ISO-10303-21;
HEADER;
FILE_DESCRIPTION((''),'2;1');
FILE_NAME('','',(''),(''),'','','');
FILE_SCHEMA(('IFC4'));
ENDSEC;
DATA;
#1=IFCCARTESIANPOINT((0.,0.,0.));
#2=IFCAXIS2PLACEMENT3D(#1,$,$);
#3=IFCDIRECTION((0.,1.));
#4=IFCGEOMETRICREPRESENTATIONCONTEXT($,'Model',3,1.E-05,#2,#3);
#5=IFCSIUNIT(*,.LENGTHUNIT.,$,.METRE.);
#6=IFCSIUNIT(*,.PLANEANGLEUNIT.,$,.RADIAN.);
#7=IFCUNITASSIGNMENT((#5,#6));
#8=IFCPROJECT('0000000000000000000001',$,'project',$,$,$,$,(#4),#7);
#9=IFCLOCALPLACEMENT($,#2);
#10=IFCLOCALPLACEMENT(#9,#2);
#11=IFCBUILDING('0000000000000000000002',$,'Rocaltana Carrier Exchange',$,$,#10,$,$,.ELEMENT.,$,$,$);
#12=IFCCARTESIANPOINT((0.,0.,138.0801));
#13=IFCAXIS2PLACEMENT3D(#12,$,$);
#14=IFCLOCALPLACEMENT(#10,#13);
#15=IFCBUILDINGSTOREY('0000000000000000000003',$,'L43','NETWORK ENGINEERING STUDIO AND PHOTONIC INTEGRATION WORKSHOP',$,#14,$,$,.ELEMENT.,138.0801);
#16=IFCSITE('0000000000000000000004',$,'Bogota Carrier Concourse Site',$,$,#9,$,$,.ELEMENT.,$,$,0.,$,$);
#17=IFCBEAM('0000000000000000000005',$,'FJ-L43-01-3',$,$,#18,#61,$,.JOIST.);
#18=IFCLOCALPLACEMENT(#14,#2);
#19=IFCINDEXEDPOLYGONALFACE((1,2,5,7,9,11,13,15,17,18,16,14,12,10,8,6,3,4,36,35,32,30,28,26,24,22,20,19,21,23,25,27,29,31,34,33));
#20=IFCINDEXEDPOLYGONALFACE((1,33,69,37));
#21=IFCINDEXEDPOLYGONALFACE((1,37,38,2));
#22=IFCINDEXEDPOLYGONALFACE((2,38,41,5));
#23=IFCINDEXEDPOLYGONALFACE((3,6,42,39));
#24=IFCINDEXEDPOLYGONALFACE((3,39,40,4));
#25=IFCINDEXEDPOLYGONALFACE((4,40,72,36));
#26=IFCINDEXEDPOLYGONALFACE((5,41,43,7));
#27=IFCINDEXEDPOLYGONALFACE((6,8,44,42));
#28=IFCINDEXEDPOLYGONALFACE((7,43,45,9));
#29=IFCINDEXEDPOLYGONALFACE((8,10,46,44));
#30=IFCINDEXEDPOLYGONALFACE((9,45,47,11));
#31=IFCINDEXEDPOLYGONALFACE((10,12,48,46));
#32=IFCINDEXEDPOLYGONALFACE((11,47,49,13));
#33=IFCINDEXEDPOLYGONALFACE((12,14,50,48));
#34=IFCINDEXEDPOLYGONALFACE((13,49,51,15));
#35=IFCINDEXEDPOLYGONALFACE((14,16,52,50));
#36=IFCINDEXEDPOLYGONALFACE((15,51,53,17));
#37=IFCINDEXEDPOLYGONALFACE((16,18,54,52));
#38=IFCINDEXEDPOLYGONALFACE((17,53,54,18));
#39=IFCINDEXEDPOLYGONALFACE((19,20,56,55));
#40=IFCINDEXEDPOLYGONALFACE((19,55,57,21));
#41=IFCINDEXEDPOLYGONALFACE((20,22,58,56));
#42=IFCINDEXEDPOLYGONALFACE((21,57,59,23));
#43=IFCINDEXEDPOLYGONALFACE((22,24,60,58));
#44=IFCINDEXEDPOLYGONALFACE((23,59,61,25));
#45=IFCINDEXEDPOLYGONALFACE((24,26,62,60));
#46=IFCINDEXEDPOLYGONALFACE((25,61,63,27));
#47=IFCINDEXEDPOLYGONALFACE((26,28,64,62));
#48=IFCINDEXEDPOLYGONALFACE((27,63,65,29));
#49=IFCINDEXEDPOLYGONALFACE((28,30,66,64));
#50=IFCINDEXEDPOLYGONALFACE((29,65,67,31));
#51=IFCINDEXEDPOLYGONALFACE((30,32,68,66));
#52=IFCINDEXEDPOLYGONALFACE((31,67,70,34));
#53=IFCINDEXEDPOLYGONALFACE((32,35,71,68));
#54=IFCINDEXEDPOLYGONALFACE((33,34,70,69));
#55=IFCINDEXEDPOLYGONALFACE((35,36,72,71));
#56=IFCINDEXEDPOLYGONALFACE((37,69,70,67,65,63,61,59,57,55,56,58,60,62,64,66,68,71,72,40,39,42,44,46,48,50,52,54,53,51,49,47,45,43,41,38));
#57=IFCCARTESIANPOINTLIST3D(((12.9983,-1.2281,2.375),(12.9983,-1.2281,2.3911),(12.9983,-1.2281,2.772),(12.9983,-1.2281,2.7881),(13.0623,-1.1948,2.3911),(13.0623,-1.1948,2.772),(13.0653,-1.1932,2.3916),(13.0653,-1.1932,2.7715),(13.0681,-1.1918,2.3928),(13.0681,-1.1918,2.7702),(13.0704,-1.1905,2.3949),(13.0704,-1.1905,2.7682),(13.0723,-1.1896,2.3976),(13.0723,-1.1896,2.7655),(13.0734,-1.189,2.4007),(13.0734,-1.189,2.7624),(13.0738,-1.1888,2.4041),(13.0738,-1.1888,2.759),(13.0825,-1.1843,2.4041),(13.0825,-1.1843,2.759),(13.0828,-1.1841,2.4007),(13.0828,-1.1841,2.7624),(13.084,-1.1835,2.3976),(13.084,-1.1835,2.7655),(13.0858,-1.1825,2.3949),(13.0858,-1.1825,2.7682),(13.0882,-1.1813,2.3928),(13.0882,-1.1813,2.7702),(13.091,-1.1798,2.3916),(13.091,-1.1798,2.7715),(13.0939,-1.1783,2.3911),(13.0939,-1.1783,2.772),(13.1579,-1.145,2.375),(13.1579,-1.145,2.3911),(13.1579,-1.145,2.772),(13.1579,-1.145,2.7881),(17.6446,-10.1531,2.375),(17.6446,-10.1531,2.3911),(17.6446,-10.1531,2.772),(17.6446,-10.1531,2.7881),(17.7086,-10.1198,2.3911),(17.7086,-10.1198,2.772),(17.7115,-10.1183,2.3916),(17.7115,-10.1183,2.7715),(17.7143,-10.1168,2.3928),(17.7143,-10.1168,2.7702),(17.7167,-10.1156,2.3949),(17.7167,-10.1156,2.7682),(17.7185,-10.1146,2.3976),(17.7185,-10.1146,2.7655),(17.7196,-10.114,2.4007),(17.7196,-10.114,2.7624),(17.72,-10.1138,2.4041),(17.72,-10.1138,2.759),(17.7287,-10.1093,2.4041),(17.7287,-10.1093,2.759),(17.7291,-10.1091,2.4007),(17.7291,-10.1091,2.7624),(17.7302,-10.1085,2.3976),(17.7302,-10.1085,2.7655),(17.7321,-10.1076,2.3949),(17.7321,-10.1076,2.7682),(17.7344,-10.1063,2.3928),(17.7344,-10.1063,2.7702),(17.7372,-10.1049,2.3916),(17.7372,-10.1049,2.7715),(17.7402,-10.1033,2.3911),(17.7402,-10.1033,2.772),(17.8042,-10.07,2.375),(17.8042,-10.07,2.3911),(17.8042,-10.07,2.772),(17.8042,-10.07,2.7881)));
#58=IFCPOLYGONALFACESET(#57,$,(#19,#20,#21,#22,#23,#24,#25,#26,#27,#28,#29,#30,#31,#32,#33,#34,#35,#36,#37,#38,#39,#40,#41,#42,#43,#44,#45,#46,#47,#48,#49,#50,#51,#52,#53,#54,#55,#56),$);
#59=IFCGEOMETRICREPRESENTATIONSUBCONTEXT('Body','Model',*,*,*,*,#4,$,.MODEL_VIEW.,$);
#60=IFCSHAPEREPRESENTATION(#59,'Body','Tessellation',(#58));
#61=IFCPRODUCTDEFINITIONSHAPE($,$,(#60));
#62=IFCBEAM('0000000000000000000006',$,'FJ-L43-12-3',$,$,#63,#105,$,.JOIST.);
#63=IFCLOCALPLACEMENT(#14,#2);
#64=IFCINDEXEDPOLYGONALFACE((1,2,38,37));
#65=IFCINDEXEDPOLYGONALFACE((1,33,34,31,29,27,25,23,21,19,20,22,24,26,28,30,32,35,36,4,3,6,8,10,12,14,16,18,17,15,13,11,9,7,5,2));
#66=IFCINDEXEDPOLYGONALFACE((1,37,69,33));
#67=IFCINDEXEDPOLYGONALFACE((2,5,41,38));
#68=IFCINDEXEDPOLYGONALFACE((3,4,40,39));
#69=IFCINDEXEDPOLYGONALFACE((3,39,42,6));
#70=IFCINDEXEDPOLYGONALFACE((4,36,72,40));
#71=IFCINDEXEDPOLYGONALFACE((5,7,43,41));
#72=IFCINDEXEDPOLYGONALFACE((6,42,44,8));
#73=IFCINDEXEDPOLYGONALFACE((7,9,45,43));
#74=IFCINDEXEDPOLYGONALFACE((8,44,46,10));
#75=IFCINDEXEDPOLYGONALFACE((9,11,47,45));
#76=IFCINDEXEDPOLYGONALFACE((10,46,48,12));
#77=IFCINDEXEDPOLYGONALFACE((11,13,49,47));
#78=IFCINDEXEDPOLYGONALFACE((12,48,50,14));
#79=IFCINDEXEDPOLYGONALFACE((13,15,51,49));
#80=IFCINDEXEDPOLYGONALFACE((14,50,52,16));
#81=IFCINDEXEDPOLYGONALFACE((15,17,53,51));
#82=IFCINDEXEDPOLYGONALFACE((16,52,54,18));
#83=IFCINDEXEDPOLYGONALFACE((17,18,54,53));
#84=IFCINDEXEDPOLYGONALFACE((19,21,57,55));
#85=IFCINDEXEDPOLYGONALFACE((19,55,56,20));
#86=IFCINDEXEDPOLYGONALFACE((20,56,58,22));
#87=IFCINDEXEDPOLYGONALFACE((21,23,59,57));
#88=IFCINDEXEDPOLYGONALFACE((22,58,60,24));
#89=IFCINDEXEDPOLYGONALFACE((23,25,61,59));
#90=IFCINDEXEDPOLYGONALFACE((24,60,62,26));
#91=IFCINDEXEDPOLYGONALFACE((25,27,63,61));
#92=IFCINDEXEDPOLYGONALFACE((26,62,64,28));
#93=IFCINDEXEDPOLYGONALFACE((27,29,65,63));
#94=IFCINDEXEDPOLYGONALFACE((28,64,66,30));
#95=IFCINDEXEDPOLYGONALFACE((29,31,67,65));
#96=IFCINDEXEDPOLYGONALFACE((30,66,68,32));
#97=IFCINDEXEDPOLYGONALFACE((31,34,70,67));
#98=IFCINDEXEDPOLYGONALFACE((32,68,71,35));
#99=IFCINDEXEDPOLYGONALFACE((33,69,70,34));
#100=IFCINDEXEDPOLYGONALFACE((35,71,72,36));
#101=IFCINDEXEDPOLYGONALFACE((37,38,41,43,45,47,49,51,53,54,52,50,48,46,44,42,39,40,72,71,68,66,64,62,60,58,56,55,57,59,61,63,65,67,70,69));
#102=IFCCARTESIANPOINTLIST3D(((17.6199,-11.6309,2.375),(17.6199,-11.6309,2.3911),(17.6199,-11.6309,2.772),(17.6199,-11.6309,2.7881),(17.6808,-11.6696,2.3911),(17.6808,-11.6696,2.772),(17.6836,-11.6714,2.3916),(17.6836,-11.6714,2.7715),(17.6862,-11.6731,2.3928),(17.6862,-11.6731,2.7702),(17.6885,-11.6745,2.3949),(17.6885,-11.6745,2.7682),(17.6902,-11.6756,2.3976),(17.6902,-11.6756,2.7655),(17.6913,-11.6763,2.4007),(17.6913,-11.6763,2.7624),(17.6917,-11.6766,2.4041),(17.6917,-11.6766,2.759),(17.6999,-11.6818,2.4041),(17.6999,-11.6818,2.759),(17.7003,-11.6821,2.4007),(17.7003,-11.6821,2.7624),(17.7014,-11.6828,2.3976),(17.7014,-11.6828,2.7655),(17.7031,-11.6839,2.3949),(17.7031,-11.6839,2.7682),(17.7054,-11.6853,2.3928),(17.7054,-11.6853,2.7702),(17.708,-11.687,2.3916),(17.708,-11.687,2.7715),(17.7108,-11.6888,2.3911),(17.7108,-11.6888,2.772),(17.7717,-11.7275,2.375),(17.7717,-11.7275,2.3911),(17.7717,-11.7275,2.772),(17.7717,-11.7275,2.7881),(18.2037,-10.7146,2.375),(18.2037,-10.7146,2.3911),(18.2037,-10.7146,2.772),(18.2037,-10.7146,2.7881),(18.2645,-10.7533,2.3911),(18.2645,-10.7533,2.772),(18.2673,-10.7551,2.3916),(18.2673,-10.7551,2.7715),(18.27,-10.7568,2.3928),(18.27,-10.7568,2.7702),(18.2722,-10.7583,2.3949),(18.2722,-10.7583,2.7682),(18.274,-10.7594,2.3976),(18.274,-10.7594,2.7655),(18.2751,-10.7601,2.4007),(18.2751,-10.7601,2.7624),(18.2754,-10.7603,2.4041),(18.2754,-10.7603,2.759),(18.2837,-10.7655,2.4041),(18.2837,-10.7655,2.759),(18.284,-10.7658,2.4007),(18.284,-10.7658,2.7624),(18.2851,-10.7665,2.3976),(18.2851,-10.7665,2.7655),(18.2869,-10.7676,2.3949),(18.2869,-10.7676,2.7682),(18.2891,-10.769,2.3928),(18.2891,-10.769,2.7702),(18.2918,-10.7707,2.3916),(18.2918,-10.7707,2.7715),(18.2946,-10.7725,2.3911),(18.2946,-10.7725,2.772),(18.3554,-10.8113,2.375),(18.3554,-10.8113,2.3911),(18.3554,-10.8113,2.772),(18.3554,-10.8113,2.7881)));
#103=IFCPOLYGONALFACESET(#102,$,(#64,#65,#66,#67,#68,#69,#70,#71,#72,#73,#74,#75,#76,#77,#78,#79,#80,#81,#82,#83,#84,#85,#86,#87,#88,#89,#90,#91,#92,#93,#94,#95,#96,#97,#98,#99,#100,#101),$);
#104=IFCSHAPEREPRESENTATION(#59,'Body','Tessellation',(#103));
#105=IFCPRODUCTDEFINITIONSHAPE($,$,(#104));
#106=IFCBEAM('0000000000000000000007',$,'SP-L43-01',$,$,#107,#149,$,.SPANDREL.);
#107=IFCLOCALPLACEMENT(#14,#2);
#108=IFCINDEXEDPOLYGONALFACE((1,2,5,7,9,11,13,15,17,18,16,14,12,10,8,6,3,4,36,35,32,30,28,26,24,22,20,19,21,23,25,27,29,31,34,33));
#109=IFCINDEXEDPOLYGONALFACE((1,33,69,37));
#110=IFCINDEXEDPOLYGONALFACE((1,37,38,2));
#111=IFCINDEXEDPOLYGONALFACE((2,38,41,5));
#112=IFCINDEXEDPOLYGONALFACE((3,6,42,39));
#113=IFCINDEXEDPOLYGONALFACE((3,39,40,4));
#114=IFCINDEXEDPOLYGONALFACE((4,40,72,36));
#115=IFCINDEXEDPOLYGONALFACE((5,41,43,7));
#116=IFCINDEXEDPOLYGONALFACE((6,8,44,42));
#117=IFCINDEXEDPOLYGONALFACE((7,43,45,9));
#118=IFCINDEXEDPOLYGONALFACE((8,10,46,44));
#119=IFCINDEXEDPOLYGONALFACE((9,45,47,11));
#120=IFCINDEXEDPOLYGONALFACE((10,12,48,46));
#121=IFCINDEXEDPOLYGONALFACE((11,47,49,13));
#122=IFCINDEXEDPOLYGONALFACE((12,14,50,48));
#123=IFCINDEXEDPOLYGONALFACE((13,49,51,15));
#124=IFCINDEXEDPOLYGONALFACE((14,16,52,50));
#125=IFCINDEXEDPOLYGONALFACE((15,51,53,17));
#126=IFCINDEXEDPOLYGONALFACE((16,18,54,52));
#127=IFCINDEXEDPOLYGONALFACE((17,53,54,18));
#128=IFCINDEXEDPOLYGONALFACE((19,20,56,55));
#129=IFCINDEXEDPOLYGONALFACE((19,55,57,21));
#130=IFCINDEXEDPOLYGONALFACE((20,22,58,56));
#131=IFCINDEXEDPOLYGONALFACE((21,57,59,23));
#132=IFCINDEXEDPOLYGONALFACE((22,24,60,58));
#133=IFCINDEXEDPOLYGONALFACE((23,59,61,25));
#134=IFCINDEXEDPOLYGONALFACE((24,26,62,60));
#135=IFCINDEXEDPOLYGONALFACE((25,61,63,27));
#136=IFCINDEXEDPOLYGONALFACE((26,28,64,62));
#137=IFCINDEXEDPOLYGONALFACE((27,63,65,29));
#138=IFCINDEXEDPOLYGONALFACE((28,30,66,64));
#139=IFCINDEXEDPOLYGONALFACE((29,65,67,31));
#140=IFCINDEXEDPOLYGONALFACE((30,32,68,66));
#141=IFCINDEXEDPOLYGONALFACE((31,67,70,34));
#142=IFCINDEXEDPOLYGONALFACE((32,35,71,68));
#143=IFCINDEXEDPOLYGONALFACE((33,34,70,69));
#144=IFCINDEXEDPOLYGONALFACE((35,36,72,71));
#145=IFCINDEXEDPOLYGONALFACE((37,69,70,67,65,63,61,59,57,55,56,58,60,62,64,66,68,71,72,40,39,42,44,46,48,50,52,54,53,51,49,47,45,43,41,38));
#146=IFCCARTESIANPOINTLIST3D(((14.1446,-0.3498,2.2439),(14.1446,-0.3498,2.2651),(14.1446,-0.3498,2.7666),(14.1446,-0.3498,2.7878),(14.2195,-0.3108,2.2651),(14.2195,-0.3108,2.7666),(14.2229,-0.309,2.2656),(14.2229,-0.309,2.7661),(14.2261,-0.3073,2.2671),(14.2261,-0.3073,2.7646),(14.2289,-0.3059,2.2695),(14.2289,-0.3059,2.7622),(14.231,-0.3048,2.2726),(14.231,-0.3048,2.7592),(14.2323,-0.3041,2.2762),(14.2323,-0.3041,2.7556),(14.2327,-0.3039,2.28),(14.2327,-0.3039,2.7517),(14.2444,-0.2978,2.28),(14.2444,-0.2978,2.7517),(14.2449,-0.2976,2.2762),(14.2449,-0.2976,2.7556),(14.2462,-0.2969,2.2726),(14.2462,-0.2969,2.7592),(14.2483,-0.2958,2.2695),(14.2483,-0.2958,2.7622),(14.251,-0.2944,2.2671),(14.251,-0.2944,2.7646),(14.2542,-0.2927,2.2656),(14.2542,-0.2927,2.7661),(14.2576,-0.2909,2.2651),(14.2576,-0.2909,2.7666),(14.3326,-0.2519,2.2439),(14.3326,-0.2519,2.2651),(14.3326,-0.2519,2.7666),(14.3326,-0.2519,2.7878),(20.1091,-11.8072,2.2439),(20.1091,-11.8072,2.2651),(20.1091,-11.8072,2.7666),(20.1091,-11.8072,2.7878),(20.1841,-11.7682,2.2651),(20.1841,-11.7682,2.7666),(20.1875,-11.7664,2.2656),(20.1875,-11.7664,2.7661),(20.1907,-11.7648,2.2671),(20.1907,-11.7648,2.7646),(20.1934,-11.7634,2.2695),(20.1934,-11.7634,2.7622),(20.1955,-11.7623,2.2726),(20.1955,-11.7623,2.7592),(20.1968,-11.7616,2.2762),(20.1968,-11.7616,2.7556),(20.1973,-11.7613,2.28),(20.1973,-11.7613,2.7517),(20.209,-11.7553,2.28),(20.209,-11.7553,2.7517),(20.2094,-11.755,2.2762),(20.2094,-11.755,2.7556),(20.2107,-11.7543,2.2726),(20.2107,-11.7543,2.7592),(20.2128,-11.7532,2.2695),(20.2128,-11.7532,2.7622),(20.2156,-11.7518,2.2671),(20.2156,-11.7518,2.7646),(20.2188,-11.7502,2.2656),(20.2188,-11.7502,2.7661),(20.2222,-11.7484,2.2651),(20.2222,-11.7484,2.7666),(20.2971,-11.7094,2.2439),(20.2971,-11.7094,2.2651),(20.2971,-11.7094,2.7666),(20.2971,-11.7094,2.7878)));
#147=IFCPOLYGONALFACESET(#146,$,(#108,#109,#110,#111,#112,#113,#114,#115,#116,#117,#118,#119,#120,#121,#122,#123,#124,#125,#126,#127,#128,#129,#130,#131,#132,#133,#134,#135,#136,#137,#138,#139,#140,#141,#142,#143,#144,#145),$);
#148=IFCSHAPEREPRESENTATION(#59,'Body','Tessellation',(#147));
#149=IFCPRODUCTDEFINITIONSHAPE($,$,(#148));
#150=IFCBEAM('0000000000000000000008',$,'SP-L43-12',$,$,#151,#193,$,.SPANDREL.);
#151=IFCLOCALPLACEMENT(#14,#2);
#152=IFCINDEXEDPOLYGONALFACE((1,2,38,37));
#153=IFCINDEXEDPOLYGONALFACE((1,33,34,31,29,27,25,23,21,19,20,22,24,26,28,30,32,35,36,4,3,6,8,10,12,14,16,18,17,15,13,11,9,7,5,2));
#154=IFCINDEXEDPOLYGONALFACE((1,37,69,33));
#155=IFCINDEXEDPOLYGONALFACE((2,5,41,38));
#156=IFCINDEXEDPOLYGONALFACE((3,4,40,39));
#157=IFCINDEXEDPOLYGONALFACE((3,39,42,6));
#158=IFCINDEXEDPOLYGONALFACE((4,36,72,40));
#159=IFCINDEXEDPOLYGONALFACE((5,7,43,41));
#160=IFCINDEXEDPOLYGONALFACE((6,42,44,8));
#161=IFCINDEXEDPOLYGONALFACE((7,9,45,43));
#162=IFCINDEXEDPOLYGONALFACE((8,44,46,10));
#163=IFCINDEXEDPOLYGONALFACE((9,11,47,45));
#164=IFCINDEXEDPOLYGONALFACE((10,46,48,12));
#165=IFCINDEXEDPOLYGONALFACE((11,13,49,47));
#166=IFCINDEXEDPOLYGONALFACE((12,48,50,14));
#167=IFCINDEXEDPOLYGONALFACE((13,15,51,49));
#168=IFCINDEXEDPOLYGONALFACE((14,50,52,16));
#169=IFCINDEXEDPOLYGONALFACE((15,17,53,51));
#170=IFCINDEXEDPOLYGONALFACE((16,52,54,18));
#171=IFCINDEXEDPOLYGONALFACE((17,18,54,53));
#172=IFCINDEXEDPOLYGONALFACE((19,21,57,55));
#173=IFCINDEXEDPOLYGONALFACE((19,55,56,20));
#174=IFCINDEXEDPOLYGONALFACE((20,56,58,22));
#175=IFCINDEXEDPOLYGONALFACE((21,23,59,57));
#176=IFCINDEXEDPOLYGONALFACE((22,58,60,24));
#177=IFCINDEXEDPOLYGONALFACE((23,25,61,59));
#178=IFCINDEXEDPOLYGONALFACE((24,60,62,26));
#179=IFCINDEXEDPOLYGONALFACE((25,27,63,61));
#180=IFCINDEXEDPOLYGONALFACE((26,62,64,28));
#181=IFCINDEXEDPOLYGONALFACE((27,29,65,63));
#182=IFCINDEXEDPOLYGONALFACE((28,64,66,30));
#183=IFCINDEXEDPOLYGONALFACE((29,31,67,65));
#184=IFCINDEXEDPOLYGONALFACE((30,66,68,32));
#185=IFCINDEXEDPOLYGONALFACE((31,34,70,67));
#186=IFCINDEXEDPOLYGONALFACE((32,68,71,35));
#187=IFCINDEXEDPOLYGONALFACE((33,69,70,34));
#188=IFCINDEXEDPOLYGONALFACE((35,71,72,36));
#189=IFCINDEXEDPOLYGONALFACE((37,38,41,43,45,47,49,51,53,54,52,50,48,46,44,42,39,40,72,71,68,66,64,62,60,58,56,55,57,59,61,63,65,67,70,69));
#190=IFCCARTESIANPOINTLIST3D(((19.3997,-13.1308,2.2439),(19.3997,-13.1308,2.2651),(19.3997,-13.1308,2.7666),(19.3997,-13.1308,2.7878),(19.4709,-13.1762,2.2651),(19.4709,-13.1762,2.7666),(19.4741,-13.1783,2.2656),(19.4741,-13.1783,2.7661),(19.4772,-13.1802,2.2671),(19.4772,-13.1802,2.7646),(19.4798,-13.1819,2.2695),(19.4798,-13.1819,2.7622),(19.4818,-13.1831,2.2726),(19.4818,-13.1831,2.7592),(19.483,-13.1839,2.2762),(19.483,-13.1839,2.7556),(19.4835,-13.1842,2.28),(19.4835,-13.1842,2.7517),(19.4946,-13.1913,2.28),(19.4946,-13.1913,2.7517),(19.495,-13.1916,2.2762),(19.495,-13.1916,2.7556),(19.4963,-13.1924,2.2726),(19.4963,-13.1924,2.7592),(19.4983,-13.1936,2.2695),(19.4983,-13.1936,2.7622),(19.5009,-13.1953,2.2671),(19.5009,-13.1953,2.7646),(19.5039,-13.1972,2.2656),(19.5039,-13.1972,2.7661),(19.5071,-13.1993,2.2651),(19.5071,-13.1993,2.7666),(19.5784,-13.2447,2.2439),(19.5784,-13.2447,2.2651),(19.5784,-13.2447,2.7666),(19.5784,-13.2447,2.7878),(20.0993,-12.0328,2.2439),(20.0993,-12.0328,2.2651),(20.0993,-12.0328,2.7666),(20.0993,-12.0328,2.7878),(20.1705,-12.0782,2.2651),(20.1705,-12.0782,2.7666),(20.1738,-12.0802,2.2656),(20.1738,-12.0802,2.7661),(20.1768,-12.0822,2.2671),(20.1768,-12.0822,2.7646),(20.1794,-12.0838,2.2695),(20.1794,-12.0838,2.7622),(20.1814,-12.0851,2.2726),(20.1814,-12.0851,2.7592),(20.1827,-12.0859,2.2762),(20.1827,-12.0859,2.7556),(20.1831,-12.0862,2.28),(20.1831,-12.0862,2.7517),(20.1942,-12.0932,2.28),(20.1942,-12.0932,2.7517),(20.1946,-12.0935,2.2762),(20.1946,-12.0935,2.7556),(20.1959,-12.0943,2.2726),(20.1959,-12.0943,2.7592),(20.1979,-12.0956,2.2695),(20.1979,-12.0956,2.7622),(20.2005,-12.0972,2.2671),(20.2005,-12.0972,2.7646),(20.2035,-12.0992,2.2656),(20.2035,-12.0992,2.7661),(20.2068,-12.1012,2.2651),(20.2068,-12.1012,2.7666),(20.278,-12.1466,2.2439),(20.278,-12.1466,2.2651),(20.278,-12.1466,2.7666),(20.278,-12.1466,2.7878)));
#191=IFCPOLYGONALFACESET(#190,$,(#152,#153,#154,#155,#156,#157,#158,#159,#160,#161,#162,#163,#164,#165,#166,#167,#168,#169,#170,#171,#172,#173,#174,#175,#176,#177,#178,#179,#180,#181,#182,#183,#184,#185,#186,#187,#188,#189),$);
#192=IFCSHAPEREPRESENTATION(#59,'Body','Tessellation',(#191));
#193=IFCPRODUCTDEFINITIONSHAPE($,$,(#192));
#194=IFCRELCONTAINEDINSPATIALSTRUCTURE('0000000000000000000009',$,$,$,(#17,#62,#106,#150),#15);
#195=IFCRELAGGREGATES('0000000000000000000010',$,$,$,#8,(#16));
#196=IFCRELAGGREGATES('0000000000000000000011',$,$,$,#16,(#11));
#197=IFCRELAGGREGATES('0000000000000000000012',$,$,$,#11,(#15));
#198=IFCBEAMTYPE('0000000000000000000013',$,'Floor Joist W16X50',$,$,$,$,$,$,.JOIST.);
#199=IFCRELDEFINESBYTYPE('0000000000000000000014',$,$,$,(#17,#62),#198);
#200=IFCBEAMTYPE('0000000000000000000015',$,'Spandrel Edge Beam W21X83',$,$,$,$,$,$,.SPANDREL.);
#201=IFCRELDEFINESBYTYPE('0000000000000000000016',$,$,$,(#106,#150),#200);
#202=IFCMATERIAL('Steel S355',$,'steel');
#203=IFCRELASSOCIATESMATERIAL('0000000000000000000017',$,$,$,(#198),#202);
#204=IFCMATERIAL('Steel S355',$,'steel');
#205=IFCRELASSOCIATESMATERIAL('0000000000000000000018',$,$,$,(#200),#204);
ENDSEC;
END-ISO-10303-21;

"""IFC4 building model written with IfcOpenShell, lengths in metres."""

from ifc_helpers import new_model, si_unit, direction, frame, origin, origin_2d, place, context, subcontext, project, spatial, i_section, extrude, material, material_profile, profile_set, type_object, element, save


model = new_model("IFC4")

# Units and contexts
model_context = context("Model", 3, precision=1e-05, world=origin(), true_north=direction((0.0, 1.0)))
body_context = subcontext(model_context, "Body", "Model", "MODEL_VIEW")
ifc_project = project(units=[si_unit("LENGTHUNIT", "METRE"), si_unit("PLANEANGLEUNIT", "RADIAN")], contexts=[model_context])

# Site, building, storey
site_placement = place(None, origin())
site = spatial("IfcSite", under=ifc_project, at=site_placement, Name="Bogota Carrier Concourse Site", CompositionType="ELEMENT", RefElevation=0.0)
building_placement = place(site_placement, origin())
building = spatial("IfcBuilding", under=site, at=building_placement, Name="Rocaltana Carrier Exchange", CompositionType="ELEMENT")
storey_placement = place(building_placement, frame((0.0, 0.0, 138.0801)))
storey = spatial("IfcBuildingStorey", under=building, at=storey_placement, Name="L43", Description="NETWORK ENGINEERING STUDIO AND PHOTONIC INTEGRATION WORKSHOP", CompositionType="ELEMENT", Elevation=138.0801)

# Beams
ifc_material_1 = material(Name="Steel S355", Category="steel")
ifc_material_profile_1 = material_profile(ifc_material_1, i_section(OverallWidth=0.1799, OverallDepth=0.4131, WebThickness=0.0098, FlangeThickness=0.0161, FilletRadius=0.0129, at=origin_2d()), Name="W16X50")
ifc_profile_set_1 = profile_set([ifc_material_profile_1], Name="Steel S355")
beam_type_1 = type_object("IfcBeamType", Name="Floor Joist W16X50", PredefinedType="JOIST", material=ifc_profile_set_1)
beam_1_placement = place(storey_placement, frame((17.7244, -10.1116, 2.5815), z_axis=(-0.461761, 0.887005, 0.0), x_axis=(-0.887005, -0.461761, 0.0)))
element("IfcBeam", 1, at=beam_1_placement, inside=storey, type_object=beam_type_1, Name="FJ-L43-01-3", PredefinedType="JOIST", context=body_context, shape_type="SweptSolid", body=[
    extrude(i_section(OverallWidth=0.1799, OverallDepth=0.4131, WebThickness=0.0098, FlangeThickness=0.0161, FilletRadius=0.0129, at=origin_2d()), origin(), (0.0, 0.0, 1.0), 10.062),
])
beam_2_placement = place(storey_placement, frame((17.6958, -11.6792, 2.5815), z_axis=(0.537312, 0.843384, 0.0), x_axis=(-0.843384, 0.537312, 0.0)))
element("IfcBeam", 2, at=beam_2_placement, inside=storey, type_object=beam_type_1, Name="FJ-L43-12-3", PredefinedType="JOIST", context=body_context, shape_type="SweptSolid", body=[
    extrude(i_section(OverallWidth=0.1799, OverallDepth=0.4131, WebThickness=0.0098, FlangeThickness=0.0161, FilletRadius=0.0129, at=origin_2d()), origin(), (0.0, 0.0, 1.0), 1.0864),
])
ifc_material_2 = material(Name="Steel S355", Category="steel")
ifc_material_profile_2 = material_profile(ifc_material_2, i_section(OverallWidth=0.2119, OverallDepth=0.5439, WebThickness=0.0132, FlangeThickness=0.0212, FilletRadius=0.0149, at=origin_2d()), Name="W21X83")
ifc_profile_set_2 = profile_set([ifc_material_profile_2], Name="Steel S355")
beam_type_2 = type_object("IfcBeamType", Name="Spandrel Edge Beam W21X83", PredefinedType="SPANDREL", material=ifc_profile_set_2)
beam_3_placement = place(storey_placement, frame((20.2031, -11.7583, 2.5159), z_axis=(-0.46176, 0.887005, 0.0), x_axis=(-0.887005, -0.46176, 0.0)))
element("IfcBeam", 3, at=beam_3_placement, inside=storey, type_object=beam_type_2, Name="SP-L43-01", PredefinedType="SPANDREL", context=body_context, shape_type="SweptSolid", body=[
    extrude(i_section(OverallWidth=0.2119, OverallDepth=0.5439, WebThickness=0.0132, FlangeThickness=0.0212, FilletRadius=0.0149, at=origin_2d()), origin(), (0.0, 0.0, 1.0), 12.917),
])
beam_4_placement = place(storey_placement, frame((19.489, -13.1877, 2.5159), z_axis=(0.537361, 0.843353, 0.0), x_axis=(-0.843353, 0.537361, 0.0)))
element("IfcBeam", 4, at=beam_4_placement, inside=storey, type_object=beam_type_2, Name="SP-L43-12", PredefinedType="SPANDREL", context=body_context, shape_type="SweptSolid", body=[
    extrude(i_section(OverallWidth=0.2119, OverallDepth=0.5439, WebThickness=0.0132, FlangeThickness=0.0212, FilletRadius=0.0149, at=origin_2d()), origin(), (0.0, 0.0, 1.0), 1.302),
])

save(model, "model.ifc")
